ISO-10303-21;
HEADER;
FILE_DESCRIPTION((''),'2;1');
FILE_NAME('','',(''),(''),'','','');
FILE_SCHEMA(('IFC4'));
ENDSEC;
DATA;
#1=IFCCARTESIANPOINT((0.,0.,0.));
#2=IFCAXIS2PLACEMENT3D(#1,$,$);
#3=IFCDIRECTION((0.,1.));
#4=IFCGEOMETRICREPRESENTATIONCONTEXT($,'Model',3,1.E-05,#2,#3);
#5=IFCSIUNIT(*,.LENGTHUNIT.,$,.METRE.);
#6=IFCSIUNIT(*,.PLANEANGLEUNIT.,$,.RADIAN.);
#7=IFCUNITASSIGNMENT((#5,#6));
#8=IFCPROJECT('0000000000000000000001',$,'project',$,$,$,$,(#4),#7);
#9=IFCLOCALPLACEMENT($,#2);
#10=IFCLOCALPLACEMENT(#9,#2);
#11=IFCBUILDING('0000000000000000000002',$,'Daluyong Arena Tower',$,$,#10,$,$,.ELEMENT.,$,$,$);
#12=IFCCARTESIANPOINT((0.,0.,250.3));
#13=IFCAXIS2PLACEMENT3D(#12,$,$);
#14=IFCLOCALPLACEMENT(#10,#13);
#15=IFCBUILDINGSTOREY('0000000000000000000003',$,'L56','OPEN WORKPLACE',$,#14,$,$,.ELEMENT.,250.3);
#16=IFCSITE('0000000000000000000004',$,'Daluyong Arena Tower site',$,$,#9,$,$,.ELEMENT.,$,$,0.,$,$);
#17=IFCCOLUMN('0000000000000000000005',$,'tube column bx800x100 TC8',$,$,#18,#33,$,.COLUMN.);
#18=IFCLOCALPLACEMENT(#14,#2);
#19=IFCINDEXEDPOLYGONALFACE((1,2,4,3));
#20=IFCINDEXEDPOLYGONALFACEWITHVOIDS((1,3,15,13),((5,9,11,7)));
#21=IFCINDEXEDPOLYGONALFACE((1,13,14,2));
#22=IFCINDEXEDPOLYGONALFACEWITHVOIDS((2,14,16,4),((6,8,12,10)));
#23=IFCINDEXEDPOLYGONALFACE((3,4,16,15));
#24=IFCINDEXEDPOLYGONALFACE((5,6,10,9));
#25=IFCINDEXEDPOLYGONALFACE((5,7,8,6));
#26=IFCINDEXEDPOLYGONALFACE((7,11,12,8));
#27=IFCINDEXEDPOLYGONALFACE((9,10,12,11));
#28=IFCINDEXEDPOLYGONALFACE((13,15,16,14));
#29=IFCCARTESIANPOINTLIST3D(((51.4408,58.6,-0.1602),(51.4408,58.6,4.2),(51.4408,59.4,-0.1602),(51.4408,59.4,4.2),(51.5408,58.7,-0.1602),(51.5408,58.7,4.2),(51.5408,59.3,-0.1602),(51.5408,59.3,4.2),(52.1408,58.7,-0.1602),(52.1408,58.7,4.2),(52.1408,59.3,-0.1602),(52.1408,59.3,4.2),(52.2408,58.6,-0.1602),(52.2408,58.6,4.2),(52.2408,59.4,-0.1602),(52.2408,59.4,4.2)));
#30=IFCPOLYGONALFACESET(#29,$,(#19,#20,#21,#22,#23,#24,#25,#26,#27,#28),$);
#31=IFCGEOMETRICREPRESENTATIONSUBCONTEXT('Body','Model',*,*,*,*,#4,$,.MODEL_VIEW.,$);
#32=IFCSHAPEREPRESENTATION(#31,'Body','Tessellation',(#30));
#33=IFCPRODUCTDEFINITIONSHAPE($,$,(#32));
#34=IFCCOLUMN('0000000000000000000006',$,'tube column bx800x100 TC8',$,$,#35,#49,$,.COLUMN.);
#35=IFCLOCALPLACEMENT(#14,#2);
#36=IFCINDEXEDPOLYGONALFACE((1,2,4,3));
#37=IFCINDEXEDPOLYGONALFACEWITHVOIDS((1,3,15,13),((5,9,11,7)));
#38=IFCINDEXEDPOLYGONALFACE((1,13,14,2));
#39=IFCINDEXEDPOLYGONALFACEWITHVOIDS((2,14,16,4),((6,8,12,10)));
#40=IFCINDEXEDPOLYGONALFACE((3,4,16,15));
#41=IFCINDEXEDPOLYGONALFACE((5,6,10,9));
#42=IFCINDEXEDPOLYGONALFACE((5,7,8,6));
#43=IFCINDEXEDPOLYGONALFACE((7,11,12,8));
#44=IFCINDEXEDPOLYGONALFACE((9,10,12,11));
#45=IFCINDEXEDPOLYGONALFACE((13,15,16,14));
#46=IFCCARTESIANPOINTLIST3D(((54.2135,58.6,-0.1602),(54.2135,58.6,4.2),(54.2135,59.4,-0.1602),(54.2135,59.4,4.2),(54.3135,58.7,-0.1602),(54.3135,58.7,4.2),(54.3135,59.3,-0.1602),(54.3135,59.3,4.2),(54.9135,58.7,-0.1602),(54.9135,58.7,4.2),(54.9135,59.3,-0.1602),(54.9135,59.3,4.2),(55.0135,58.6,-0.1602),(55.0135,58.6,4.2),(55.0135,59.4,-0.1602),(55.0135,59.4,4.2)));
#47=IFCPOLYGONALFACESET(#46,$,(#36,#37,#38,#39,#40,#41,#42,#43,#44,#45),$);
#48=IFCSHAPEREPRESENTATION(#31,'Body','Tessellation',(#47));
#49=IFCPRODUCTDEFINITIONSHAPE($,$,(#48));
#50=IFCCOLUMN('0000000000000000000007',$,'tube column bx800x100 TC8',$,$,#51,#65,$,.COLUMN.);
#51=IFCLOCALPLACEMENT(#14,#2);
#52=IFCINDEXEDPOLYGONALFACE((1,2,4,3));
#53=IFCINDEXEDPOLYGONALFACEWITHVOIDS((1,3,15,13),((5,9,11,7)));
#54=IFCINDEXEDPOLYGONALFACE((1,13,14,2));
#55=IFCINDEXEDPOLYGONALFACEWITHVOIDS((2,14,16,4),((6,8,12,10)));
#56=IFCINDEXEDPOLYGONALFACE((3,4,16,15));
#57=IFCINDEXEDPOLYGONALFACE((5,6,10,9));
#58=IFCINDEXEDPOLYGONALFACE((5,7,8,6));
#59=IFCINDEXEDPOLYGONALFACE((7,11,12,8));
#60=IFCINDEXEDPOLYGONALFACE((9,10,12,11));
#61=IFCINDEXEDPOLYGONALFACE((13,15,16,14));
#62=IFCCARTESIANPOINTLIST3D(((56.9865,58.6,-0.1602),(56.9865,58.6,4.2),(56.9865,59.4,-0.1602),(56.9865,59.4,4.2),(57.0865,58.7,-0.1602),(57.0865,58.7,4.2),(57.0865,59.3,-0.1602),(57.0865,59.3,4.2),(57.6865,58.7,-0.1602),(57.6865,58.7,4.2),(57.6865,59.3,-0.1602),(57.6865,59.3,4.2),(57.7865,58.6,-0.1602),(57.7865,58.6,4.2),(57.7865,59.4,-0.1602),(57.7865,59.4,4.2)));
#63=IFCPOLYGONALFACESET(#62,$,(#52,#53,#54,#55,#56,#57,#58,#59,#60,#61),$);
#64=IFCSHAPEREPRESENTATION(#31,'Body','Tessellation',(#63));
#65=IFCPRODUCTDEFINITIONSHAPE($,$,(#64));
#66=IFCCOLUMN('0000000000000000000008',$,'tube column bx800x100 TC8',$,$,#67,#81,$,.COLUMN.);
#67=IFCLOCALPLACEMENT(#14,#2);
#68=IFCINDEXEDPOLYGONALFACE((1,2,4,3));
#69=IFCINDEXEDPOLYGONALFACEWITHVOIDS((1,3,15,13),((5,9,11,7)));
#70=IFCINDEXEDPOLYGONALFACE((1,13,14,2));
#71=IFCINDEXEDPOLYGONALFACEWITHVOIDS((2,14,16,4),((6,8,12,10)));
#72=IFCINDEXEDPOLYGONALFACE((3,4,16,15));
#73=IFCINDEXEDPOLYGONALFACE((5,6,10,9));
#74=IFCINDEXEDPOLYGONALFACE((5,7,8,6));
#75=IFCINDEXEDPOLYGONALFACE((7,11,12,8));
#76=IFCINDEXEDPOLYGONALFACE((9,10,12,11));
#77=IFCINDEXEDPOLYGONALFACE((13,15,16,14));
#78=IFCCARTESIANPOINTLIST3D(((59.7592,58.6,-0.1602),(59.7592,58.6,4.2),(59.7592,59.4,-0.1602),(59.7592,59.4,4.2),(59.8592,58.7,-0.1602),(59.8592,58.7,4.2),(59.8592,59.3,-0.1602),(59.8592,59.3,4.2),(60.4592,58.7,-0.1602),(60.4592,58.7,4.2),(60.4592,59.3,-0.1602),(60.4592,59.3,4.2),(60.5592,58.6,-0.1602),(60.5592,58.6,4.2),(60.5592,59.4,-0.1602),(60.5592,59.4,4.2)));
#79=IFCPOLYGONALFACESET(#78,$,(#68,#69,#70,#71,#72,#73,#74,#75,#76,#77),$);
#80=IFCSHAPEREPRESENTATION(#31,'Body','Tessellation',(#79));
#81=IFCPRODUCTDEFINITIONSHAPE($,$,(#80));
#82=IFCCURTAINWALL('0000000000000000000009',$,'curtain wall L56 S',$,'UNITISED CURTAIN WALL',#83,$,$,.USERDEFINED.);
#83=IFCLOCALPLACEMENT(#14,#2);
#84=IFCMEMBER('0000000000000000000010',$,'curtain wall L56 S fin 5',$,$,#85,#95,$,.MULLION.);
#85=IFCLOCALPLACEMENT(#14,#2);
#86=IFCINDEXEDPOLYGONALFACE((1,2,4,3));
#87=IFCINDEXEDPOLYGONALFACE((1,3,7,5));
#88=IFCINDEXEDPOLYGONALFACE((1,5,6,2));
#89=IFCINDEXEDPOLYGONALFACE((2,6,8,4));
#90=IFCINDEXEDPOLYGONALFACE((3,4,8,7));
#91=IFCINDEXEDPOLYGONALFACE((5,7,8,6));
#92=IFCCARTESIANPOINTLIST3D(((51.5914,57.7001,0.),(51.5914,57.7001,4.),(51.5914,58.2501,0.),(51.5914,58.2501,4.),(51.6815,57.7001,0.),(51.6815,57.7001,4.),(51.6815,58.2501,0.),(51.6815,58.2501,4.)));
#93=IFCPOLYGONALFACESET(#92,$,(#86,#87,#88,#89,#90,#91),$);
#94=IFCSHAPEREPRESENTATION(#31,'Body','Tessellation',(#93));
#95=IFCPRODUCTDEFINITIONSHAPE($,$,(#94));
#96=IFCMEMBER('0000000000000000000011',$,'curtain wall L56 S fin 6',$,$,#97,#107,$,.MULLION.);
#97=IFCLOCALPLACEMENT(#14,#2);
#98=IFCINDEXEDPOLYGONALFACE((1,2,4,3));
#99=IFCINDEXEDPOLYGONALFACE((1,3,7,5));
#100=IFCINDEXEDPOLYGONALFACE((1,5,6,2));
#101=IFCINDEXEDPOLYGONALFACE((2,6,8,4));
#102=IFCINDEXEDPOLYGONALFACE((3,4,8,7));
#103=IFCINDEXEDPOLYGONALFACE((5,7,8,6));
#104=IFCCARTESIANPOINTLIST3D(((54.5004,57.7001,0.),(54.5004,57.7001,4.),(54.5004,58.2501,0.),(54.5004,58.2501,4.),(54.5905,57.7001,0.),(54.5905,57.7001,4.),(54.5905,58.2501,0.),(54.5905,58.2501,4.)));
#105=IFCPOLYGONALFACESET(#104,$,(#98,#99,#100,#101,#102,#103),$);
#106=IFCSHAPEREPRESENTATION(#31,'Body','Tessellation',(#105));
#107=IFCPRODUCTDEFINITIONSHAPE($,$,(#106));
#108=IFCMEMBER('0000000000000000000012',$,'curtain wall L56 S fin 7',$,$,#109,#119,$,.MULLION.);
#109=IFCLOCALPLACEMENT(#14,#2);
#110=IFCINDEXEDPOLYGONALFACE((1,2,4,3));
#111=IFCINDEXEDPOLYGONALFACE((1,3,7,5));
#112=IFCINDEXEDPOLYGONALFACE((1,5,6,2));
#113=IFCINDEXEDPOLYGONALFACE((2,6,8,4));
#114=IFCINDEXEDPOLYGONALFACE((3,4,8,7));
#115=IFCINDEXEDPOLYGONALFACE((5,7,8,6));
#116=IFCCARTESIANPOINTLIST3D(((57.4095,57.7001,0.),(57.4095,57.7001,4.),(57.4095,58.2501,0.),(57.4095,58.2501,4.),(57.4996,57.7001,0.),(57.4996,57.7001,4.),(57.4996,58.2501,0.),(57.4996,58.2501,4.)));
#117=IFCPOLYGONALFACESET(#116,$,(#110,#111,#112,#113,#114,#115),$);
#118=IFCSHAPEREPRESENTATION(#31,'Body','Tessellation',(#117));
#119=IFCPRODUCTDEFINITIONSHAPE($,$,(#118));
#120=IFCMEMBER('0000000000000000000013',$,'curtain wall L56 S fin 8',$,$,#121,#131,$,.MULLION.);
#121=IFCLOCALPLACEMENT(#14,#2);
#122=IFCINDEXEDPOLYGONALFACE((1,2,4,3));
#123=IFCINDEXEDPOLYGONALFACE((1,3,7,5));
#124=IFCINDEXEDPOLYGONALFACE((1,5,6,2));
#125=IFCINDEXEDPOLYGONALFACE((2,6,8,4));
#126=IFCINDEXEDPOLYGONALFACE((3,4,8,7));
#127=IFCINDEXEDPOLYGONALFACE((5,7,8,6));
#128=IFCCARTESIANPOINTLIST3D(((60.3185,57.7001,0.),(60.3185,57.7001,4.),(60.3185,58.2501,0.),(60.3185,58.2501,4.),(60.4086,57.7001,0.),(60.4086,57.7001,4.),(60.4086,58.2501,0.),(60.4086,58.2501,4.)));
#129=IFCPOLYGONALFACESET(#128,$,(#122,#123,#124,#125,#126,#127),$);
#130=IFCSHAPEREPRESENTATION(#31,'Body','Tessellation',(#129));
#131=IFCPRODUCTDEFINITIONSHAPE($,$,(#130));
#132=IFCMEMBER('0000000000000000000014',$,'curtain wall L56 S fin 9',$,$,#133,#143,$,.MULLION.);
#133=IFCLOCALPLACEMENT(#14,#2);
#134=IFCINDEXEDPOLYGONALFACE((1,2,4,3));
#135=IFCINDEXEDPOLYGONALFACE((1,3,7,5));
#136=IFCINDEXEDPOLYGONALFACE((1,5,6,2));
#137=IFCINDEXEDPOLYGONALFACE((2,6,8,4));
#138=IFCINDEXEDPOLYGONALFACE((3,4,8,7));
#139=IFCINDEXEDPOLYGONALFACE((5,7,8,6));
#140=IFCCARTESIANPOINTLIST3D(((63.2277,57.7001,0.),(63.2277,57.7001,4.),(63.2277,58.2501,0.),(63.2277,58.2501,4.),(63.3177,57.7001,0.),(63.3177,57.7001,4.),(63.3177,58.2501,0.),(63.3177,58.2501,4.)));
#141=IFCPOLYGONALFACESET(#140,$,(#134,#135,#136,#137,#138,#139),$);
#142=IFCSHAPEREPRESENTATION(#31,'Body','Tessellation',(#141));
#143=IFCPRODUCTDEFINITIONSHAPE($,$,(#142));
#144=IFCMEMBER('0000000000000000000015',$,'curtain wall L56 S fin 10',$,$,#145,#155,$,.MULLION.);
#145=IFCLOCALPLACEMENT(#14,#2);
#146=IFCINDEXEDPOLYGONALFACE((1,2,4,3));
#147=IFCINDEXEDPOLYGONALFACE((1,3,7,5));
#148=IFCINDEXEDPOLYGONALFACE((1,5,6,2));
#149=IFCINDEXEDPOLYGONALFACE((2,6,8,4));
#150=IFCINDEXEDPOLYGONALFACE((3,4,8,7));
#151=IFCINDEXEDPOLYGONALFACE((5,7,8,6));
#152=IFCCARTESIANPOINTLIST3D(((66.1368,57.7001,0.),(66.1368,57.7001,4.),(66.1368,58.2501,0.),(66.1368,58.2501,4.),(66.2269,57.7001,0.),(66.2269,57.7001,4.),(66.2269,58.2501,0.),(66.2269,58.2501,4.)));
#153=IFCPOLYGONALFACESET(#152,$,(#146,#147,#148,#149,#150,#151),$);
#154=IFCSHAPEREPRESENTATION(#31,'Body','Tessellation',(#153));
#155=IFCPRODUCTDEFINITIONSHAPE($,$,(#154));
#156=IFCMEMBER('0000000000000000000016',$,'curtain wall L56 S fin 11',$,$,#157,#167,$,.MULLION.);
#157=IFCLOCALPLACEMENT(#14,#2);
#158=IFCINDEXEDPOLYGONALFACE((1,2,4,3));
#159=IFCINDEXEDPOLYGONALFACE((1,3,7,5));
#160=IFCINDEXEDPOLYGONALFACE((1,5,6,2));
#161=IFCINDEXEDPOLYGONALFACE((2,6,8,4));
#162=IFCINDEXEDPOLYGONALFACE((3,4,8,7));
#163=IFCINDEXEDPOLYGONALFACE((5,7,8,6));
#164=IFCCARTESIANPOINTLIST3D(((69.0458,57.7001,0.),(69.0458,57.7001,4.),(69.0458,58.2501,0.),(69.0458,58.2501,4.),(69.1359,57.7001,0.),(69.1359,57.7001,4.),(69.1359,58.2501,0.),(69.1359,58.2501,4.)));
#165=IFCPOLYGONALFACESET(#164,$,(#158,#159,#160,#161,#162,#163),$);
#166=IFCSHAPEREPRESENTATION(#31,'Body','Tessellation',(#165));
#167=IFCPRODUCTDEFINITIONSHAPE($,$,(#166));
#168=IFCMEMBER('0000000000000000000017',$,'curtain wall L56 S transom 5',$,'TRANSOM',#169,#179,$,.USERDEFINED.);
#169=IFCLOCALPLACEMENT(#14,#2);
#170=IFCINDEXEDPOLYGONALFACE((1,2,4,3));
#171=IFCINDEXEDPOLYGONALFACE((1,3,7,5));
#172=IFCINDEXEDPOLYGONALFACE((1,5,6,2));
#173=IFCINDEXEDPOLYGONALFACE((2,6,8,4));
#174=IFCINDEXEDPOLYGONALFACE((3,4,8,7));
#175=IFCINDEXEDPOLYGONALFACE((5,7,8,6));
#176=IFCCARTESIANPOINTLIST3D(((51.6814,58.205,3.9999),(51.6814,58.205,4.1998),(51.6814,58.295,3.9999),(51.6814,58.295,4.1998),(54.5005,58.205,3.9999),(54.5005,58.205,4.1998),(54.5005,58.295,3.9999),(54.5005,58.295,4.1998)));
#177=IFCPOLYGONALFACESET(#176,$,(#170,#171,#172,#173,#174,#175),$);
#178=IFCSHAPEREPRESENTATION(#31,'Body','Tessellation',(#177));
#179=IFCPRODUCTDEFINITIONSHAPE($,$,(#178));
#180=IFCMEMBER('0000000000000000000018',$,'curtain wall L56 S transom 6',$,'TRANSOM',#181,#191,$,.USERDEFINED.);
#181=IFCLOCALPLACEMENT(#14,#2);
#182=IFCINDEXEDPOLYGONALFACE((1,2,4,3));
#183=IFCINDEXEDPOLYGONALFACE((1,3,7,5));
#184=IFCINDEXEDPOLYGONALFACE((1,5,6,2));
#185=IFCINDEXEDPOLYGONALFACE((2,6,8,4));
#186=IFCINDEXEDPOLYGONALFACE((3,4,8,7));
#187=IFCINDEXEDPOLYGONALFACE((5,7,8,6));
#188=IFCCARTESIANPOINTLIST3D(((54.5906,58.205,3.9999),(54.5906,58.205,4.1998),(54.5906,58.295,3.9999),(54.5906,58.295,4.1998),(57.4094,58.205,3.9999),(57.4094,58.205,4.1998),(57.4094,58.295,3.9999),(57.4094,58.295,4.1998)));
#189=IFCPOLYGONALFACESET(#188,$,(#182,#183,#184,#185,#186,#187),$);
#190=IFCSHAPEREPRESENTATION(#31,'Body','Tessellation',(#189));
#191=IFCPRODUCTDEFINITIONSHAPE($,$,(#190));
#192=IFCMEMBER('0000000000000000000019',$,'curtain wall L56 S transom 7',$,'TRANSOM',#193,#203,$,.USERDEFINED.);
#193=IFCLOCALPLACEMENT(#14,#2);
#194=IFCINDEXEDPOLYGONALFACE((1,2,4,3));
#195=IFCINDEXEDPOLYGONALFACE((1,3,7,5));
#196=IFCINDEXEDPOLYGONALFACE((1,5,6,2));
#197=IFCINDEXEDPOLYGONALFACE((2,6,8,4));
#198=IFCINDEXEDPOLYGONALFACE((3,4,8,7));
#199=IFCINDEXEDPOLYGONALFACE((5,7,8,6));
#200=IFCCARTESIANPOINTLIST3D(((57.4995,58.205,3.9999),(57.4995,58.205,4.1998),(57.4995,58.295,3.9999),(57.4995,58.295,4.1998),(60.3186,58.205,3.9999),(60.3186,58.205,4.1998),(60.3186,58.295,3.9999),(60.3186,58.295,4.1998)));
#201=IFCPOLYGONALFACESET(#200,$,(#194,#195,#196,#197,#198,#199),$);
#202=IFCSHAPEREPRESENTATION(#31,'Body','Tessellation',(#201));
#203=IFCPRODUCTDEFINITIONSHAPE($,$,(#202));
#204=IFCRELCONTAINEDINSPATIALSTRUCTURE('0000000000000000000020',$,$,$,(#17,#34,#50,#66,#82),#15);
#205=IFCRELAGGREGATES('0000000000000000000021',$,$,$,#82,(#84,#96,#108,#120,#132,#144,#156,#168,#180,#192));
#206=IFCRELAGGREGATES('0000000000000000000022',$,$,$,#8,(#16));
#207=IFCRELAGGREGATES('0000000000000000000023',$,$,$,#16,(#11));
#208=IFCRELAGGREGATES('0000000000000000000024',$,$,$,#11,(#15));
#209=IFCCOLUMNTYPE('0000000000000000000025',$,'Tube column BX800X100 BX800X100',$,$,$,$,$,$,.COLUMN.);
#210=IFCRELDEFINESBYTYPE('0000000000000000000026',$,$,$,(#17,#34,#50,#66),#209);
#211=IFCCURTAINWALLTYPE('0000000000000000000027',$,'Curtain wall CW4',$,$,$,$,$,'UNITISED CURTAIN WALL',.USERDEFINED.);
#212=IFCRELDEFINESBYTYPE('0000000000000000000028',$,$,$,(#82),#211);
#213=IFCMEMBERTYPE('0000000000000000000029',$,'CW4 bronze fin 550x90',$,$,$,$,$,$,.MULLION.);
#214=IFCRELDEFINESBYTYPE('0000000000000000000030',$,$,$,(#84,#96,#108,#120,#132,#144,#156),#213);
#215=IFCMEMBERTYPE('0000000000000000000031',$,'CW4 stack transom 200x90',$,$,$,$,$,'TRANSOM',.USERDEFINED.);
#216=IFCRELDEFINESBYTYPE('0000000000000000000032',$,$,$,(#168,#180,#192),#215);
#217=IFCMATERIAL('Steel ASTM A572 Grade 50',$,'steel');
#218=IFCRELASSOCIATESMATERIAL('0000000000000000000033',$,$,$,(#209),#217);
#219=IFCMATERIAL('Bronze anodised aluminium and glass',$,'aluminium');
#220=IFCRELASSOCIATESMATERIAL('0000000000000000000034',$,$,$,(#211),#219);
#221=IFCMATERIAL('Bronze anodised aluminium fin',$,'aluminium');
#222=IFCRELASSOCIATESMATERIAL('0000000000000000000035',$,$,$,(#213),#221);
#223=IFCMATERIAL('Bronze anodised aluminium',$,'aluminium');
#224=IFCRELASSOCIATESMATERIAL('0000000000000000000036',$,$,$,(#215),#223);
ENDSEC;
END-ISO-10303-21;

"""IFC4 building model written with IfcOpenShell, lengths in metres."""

from ifc_helpers import new_model, si_unit, direction, frame, origin, origin_2d, place, context, subcontext, project, spatial, rectangle, hollow_rectangle, extrude, material, material_profile, profile_set, type_object, element, aggregate, save


model = new_model("IFC4")

# Units and contexts
model_context = context("Model", 3, precision=1e-05, world=origin(), true_north=direction((0.0, 1.0)))
body_context = subcontext(model_context, "Body", "Model", "MODEL_VIEW")
ifc_project = project(units=[si_unit("LENGTHUNIT", "METRE"), si_unit("PLANEANGLEUNIT", "RADIAN")], contexts=[model_context])

# Site, building, storey
site_placement = place(None, origin())
site = spatial("IfcSite", under=ifc_project, at=site_placement, Name="Daluyong Arena Tower site", CompositionType="ELEMENT", RefElevation=0.0)
building_placement = place(site_placement, origin())
building = spatial("IfcBuilding", under=site, at=building_placement, Name="Daluyong Arena Tower", CompositionType="ELEMENT")
storey_placement = place(building_placement, frame((0.0, 0.0, 250.3)))
storey = spatial("IfcBuildingStorey", under=building, at=storey_placement, Name="L56", Description="OPEN WORKPLACE", CompositionType="ELEMENT", Elevation=250.3)

# Columns
ifc_material_1 = material(Name="Steel ASTM A572 Grade 50", Category="steel")
ifc_material_profile_1 = material_profile(ifc_material_1, hollow_rectangle(XDim=0.8, YDim=0.8, WallThickness=0.1, at=origin_2d()))
ifc_profile_set_1 = profile_set([ifc_material_profile_1], Name="Steel ASTM A572 Grade 50")
column_type = type_object("IfcColumnType", Name="Tube column BX800X100 BX800X100", PredefinedType="COLUMN", material=ifc_profile_set_1)
for number, where, z_axis, x_axis, name in (
    (1, (51.8408, 59.0, -0.1602), (0.0, 0.0, 1.0), (1.0, 0.0, 0.0), "tube column bx800x100 TC8"),
    (2, (54.6135, 59.0, -0.1602), (0.0, 0.0, 1.0), (1.0, 0.0, 0.0), "tube column bx800x100 TC8"),
    (3, (57.3865, 59.0, -0.1602), (0.0, 0.0, 1.0), (1.0, 0.0, 0.0), "tube column bx800x100 TC8"),
    (4, (60.1592, 59.0, -0.1602), (0.0, 0.0, 1.0), (1.0, 0.0, 0.0), "tube column bx800x100 TC8"),
):
    element("IfcColumn", number, at=place(storey_placement, frame(where, z_axis=z_axis, x_axis=x_axis)), inside=storey, type_object=column_type, Name=name, PredefinedType="COLUMN", context=body_context, shape_type="SweptSolid", body=[
        extrude(hollow_rectangle(XDim=0.8, YDim=0.8, WallThickness=0.1, at=origin_2d()), origin(), (0.0, 0.0, 1.0), 4.3601),
    ])

# Curtain wall, members
ifc_material_2 = material(Name="Bronze anodised aluminium and glass", Category="aluminium")
curtain_wall_type = type_object("IfcCurtainWallType", Name="Curtain wall CW4", ElementType="UNITISED CURTAIN WALL", PredefinedType="USERDEFINED", material=ifc_material_2)
curtain_wall_placement = place(storey_placement, origin())
curtain_wall = element("IfcCurtainWall", 5, at=curtain_wall_placement, inside=storey, type_object=curtain_wall_type, Name="curtain wall L56 S", ObjectType="UNITISED CURTAIN WALL", PredefinedType="USERDEFINED")
ifc_material_3 = material(Name="Bronze anodised aluminium fin", Category="aluminium")
ifc_material_profile_2 = material_profile(ifc_material_3, rectangle(XDim=0.55, YDim=0.0901, at=origin_2d()))
ifc_profile_set_2 = profile_set([ifc_material_profile_2], Name="Bronze anodised aluminium fin")
member_type_1 = type_object("IfcMemberType", Name="CW4 bronze fin 550x90", PredefinedType="MULLION", material=ifc_profile_set_2)
member_1_placement = place(storey_placement, frame((51.6365, 57.9751, 0.0), z_axis=(0.0, 0.0, 1.0), x_axis=(0.0, 1.0, 0.0)))
member_1 = element("IfcMember", 6, at=member_1_placement, type_object=member_type_1, Name="curtain wall L56 S fin 5", PredefinedType="MULLION", context=body_context, shape_type="SweptSolid", body=[
    extrude(rectangle(XDim=0.55, YDim=0.0901, at=origin_2d()), origin(), (0.0, 0.0, 1.0), 4.0),
])
member_2_placement = place(storey_placement, frame((54.5454, 57.9751, 0.0), z_axis=(0.0, 0.0, 1.0), x_axis=(0.0, 1.0, 0.0)))
member_2 = element("IfcMember", 7, at=member_2_placement, type_object=member_type_1, Name="curtain wall L56 S fin 6", PredefinedType="MULLION", context=body_context, shape_type="SweptSolid", body=[
    extrude(rectangle(XDim=0.55, YDim=0.0901, at=origin_2d()), origin(), (0.0, 0.0, 1.0), 4.0),
])
member_3_placement = place(storey_placement, frame((57.4546, 57.9751, 0.0), z_axis=(0.0, 0.0, 1.0), x_axis=(0.0, 1.0, 0.0)))
member_3 = element("IfcMember", 8, at=member_3_placement, type_object=member_type_1, Name="curtain wall L56 S fin 7", PredefinedType="MULLION", context=body_context, shape_type="SweptSolid", body=[
    extrude(rectangle(XDim=0.55, YDim=0.0901, at=origin_2d()), origin(), (0.0, 0.0, 1.0), 4.0),
])
member_4_placement = place(storey_placement, frame((60.3635, 57.9751, 0.0), z_axis=(0.0, 0.0, 1.0), x_axis=(0.0, 1.0, 0.0)))
member_4 = element("IfcMember", 9, at=member_4_placement, type_object=member_type_1, Name="curtain wall L56 S fin 8", PredefinedType="MULLION", context=body_context, shape_type="SweptSolid", body=[
    extrude(rectangle(XDim=0.55, YDim=0.0901, at=origin_2d()), origin(), (0.0, 0.0, 1.0), 4.0),
])
member_5_placement = place(storey_placement, frame((63.2727, 57.9751, 0.0), z_axis=(0.0, 0.0, 1.0), x_axis=(0.0, 1.0, 0.0)))
member_5 = element("IfcMember", 10, at=member_5_placement, type_object=member_type_1, Name="curtain wall L56 S fin 9", PredefinedType="MULLION", context=body_context, shape_type="SweptSolid", body=[
    extrude(rectangle(XDim=0.55, YDim=0.0901, at=origin_2d()), origin(), (0.0, 0.0, 1.0), 4.0),
])
member_6_placement = place(storey_placement, frame((66.1819, 57.9751, 0.0), z_axis=(0.0, 0.0, 1.0), x_axis=(0.0, 1.0, 0.0)))
member_6 = element("IfcMember", 11, at=member_6_placement, type_object=member_type_1, Name="curtain wall L56 S fin 10", PredefinedType="MULLION", context=body_context, shape_type="SweptSolid", body=[
    extrude(rectangle(XDim=0.55, YDim=0.0901, at=origin_2d()), origin(), (0.0, 0.0, 1.0), 4.0),
])
member_7_placement = place(storey_placement, frame((69.0908, 57.9751, 0.0), z_axis=(0.0, 0.0, 1.0), x_axis=(0.0, 1.0, 0.0)))
member_7 = element("IfcMember", 12, at=member_7_placement, type_object=member_type_1, Name="curtain wall L56 S fin 11", PredefinedType="MULLION", context=body_context, shape_type="SweptSolid", body=[
    extrude(rectangle(XDim=0.55, YDim=0.0901, at=origin_2d()), origin(), (0.0, 0.0, 1.0), 4.0),
])
ifc_material_4 = material(Name="Bronze anodised aluminium", Category="aluminium")
ifc_material_profile_3 = material_profile(ifc_material_4, rectangle(XDim=0.0901, YDim=0.2, at=origin_2d()))
ifc_profile_set_3 = profile_set([ifc_material_profile_3], Name="Bronze anodised aluminium")
member_type_2 = type_object("IfcMemberType", Name="CW4 stack transom 200x90", ElementType="TRANSOM", PredefinedType="USERDEFINED", material=ifc_profile_set_3)
member_8_placement = place(storey_placement, frame((51.6814, 58.25, 4.0999), z_axis=(1.0, 0.0, 0.0), x_axis=(0.0, 1.0, 0.0)))
member_8 = element("IfcMember", 13, at=member_8_placement, type_object=member_type_2, Name="curtain wall L56 S transom 5", ObjectType="TRANSOM", PredefinedType="USERDEFINED", context=body_context, shape_type="SweptSolid", body=[
    extrude(rectangle(XDim=0.0901, YDim=0.2, at=origin_2d()), origin(), (0.0, 0.0, 1.0), 2.8191),
])
member_9_placement = place(storey_placement, frame((54.5906, 58.25, 4.0999), z_axis=(1.0, 0.0, 0.0), x_axis=(0.0, 1.0, 0.0)))
member_9 = element("IfcMember", 14, at=member_9_placement, type_object=member_type_2, Name="curtain wall L56 S transom 6", ObjectType="TRANSOM", PredefinedType="USERDEFINED", context=body_context, shape_type="SweptSolid", body=[
    extrude(rectangle(XDim=0.0901, YDim=0.2, at=origin_2d()), origin(), (0.0, 0.0, 1.0), 2.8188),
])
member_10_placement = place(storey_placement, frame((57.4995, 58.25, 4.0999), z_axis=(1.0, 0.0, 0.0), x_axis=(0.0, 1.0, 0.0)))
member_10 = element("IfcMember", 15, at=member_10_placement, type_object=member_type_2, Name="curtain wall L56 S transom 7", ObjectType="TRANSOM", PredefinedType="USERDEFINED", context=body_context, shape_type="SweptSolid", body=[
    extrude(rectangle(XDim=0.0901, YDim=0.2, at=origin_2d()), origin(), (0.0, 0.0, 1.0), 2.8191),
])

aggregate(curtain_wall, [member_1, member_2, member_3, member_4, member_5, member_6, member_7, member_8, member_9, member_10])

save(model, "model.ifc")
